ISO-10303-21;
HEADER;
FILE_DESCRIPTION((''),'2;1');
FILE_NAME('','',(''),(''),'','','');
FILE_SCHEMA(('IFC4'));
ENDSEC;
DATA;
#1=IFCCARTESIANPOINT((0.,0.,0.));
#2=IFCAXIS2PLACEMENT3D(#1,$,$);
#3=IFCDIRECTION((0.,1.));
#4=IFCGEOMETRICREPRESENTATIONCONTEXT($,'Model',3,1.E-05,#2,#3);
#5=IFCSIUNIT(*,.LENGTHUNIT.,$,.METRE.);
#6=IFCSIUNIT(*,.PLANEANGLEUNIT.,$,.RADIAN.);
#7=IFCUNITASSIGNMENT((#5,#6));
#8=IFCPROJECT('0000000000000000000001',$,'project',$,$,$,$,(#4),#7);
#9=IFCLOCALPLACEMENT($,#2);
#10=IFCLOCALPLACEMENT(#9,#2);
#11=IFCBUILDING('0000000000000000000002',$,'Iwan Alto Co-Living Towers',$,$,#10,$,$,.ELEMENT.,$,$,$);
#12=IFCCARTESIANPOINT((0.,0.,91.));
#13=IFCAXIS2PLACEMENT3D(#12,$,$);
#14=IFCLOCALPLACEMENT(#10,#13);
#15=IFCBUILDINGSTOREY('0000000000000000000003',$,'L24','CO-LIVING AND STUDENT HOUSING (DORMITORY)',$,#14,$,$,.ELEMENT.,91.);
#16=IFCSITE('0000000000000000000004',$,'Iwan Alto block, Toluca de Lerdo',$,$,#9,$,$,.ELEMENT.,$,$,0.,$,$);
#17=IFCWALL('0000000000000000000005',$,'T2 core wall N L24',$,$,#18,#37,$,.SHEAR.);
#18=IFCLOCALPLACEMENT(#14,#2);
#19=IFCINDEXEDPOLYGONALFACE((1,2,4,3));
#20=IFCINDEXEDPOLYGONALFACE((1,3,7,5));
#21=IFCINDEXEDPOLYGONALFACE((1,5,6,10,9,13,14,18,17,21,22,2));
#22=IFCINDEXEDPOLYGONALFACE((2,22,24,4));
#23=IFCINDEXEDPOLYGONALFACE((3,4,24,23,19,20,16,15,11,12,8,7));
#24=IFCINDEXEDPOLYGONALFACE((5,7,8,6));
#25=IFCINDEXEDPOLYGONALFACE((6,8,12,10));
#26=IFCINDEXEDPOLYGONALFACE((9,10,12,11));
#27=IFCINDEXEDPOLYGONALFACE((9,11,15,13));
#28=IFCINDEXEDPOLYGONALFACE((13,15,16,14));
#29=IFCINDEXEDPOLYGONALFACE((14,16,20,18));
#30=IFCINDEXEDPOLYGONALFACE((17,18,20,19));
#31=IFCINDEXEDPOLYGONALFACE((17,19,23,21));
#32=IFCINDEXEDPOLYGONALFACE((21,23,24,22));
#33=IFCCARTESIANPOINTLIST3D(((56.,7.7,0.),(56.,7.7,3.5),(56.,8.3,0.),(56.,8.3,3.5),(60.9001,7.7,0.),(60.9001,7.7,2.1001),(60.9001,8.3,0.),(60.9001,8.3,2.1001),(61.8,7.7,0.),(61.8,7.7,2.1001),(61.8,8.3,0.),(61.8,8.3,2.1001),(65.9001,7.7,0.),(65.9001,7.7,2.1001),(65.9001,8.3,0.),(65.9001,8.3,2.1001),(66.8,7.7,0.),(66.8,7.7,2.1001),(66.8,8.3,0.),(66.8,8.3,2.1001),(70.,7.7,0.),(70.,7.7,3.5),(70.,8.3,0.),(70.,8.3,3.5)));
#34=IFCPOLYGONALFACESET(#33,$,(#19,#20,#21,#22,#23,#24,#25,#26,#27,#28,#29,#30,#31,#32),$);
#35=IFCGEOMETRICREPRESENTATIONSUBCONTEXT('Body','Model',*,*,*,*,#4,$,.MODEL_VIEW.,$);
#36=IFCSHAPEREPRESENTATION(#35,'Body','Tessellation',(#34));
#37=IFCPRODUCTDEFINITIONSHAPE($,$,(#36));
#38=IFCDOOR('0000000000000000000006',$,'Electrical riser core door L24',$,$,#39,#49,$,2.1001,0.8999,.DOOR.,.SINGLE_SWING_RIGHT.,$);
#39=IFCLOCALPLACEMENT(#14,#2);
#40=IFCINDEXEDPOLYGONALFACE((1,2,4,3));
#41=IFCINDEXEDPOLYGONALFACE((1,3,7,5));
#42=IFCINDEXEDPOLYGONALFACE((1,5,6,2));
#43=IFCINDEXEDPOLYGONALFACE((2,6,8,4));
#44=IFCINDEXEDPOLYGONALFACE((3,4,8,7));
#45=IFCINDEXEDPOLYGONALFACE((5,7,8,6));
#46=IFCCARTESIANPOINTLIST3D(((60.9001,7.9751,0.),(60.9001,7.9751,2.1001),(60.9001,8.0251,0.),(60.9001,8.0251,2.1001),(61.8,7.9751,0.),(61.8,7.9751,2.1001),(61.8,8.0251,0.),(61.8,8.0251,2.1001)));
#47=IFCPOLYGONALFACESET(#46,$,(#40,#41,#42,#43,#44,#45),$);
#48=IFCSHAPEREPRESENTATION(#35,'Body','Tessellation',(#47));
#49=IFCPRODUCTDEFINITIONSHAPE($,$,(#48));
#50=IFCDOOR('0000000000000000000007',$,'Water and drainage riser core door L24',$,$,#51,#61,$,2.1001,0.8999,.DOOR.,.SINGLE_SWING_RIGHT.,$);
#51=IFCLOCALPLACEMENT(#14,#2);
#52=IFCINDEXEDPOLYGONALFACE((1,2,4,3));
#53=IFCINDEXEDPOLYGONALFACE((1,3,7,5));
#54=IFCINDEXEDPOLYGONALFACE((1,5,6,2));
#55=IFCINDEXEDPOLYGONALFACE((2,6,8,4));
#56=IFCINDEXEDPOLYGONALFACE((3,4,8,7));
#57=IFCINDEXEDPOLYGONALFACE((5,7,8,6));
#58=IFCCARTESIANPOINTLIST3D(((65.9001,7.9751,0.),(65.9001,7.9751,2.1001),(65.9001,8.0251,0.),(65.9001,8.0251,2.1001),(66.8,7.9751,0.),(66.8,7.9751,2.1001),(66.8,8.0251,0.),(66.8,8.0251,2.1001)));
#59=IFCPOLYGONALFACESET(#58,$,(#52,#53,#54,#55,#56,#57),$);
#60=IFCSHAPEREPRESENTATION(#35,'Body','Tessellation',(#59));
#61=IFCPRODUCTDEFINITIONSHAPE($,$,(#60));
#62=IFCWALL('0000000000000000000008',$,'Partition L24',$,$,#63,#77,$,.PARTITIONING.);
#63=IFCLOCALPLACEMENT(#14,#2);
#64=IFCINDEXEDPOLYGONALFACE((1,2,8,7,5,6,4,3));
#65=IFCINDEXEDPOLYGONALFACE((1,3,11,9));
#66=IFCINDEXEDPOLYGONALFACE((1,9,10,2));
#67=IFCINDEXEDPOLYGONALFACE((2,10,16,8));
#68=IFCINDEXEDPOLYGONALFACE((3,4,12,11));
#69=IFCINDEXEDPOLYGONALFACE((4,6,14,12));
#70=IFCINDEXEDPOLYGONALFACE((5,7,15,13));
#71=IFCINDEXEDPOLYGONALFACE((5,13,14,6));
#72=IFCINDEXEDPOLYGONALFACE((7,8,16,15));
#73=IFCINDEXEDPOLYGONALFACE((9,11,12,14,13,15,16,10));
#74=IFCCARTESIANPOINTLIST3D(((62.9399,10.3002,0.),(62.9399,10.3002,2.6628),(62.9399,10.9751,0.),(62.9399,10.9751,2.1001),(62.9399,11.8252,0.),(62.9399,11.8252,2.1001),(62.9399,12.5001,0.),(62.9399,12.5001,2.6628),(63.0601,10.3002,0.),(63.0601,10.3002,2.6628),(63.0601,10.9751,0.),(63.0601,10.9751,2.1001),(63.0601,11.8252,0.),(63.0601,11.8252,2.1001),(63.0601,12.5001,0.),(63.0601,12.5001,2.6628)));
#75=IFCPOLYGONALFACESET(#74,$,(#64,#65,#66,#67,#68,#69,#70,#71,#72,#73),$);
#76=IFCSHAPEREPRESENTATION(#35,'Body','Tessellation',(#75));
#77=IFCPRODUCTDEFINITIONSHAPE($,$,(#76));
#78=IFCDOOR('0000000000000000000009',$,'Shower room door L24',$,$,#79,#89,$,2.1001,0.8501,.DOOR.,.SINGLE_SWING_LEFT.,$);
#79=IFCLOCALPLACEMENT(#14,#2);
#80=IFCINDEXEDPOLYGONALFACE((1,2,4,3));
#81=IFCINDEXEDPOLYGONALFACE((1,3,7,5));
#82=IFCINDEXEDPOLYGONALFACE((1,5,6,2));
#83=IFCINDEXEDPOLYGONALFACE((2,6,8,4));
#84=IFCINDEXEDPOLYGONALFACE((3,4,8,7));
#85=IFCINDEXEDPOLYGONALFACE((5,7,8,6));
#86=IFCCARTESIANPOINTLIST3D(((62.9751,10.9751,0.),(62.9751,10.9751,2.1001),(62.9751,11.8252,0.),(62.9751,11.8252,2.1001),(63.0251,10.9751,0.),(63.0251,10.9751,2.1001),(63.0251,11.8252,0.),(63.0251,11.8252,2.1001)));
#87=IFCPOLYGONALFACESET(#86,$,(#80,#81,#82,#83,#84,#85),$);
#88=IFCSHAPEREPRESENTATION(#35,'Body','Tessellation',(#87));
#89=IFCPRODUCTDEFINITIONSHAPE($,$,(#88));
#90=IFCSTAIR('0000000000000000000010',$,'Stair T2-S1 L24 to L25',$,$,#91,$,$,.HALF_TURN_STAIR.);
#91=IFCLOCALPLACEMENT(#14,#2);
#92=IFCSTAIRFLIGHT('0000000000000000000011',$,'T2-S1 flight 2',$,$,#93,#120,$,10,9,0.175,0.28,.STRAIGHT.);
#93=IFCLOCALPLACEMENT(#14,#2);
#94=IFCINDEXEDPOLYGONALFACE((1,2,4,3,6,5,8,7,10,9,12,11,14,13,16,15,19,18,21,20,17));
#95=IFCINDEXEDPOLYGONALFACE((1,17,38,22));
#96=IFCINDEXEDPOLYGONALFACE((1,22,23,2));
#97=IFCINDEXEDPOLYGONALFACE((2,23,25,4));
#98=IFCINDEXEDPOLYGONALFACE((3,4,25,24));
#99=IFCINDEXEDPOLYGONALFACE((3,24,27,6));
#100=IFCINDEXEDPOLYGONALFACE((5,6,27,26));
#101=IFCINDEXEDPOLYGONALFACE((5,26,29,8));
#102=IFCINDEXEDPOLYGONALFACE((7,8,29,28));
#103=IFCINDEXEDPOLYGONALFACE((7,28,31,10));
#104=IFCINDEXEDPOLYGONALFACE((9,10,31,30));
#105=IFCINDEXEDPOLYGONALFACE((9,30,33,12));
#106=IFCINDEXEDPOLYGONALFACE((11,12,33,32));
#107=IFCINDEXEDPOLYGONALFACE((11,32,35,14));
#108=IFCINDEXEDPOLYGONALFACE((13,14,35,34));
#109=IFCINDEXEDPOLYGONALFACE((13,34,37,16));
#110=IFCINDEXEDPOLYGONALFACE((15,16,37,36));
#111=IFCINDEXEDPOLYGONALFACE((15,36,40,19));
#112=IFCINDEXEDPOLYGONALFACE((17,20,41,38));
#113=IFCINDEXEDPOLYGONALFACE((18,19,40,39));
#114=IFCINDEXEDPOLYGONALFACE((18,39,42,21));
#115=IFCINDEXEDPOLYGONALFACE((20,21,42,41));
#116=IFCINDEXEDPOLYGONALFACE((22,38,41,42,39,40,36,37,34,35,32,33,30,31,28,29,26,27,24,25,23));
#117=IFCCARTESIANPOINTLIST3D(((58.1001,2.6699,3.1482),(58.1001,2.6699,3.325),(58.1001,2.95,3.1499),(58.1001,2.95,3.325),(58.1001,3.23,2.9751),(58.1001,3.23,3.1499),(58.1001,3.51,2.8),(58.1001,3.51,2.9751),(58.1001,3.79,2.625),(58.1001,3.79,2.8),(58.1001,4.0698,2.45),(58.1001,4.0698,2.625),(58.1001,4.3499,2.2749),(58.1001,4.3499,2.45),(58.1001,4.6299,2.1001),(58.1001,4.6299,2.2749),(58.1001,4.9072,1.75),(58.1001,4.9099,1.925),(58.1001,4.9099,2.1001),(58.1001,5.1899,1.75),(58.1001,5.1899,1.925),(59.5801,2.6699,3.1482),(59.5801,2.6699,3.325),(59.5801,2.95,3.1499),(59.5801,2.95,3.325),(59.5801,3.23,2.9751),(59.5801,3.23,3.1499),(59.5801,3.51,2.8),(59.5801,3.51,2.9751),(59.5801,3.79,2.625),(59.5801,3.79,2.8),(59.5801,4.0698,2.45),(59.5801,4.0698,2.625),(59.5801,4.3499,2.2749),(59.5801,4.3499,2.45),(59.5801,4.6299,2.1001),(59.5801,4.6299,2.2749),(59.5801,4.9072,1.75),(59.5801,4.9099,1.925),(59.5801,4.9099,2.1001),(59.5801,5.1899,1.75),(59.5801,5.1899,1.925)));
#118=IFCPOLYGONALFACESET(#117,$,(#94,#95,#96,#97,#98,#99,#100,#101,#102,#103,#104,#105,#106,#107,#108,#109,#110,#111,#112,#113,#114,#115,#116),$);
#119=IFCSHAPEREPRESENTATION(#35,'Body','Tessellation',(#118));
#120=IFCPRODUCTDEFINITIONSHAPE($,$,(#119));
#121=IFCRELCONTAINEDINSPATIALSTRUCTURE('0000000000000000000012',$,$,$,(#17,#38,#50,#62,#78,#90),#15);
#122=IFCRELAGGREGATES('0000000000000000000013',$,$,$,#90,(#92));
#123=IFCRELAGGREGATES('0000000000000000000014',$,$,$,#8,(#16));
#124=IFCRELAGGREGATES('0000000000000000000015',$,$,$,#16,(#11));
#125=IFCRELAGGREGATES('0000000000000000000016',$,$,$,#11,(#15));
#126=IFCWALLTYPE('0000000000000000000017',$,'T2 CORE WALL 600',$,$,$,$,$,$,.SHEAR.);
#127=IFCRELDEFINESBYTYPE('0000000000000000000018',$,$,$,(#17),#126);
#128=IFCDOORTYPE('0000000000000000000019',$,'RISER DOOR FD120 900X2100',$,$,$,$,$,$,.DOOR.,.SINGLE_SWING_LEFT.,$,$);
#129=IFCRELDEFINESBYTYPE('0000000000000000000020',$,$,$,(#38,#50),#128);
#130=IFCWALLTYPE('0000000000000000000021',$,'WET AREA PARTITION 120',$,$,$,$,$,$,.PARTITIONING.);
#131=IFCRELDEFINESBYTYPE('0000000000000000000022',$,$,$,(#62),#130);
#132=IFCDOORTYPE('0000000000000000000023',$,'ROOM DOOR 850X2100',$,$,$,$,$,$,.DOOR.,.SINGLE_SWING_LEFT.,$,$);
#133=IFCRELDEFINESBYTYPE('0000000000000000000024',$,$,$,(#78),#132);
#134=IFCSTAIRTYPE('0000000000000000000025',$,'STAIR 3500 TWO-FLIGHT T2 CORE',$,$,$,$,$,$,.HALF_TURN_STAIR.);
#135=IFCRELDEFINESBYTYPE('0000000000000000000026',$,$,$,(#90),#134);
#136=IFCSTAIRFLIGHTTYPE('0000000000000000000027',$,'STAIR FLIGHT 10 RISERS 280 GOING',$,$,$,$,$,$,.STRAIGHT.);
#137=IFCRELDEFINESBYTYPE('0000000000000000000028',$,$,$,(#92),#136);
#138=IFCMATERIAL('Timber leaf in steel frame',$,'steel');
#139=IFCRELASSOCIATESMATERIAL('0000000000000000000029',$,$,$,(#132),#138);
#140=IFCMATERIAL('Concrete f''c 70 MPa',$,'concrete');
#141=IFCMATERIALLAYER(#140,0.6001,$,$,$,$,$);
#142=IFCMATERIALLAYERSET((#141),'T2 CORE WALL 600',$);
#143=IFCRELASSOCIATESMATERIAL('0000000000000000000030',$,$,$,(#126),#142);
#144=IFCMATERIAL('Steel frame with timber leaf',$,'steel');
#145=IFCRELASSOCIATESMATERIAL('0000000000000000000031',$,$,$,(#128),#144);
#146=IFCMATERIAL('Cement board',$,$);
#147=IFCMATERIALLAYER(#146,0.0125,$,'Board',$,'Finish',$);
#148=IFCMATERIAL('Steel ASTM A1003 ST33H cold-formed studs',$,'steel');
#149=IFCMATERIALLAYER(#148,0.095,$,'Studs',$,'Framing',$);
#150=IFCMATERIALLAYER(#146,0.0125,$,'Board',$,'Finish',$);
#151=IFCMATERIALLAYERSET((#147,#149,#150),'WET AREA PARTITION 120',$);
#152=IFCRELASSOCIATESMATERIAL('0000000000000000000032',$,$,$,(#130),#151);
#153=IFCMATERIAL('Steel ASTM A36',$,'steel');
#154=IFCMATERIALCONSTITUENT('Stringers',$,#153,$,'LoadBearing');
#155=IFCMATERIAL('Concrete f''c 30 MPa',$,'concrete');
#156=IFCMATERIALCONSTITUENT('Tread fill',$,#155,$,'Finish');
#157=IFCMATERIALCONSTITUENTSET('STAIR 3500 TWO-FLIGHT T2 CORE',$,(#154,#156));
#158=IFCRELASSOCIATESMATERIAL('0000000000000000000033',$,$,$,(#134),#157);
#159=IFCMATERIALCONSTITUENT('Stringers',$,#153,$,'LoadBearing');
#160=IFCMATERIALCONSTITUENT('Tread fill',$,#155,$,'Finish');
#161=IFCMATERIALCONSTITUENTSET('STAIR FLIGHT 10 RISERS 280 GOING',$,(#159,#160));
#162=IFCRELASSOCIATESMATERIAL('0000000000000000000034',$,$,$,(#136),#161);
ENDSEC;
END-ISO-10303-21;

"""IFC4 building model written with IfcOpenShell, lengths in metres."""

from ifc_helpers import new_model, si_unit, direction, frame, frame_2d, origin, place, context, subcontext, project, spatial, polyline, rectangle, outline, extrude, material, layer, layer_set, constituent, constituent_set, type_object, element, fill, aggregate, save


model = new_model("IFC4")

# Units and contexts
model_context = context("Model", 3, precision=1e-05, world=origin(), true_north=direction((0.0, 1.0)))
body_context = subcontext(model_context, "Body", "Model", "MODEL_VIEW")
ifc_project = project(units=[si_unit("LENGTHUNIT", "METRE"), si_unit("PLANEANGLEUNIT", "RADIAN")], contexts=[model_context])

# Site, building, storey
site_placement = place(None, origin())
site = spatial("IfcSite", under=ifc_project, at=site_placement, Name="Iwan Alto block, Toluca de Lerdo", CompositionType="ELEMENT", RefElevation=0.0)
building_placement = place(site_placement, origin())
building = spatial("IfcBuilding", under=site, at=building_placement, Name="Iwan Alto Co-Living Towers", CompositionType="ELEMENT")
storey_placement = place(building_placement, frame((0.0, 0.0, 91.0)))
storey = spatial("IfcBuildingStorey", under=building, at=storey_placement, Name="L24", Description="CO-LIVING AND STUDENT HOUSING (DORMITORY)", CompositionType="ELEMENT", Elevation=91.0)

# Shared definitions
ifc_material_1 = material(Name="Steel ASTM A1003 ST33H cold-formed studs", Category="steel")

# Shared definitions
ifc_material_2 = material(Name="Timber leaf in steel frame", Category="steel")
door_type_1 = type_object("IfcDoorType", Name="ROOM DOOR 850X2100", OperationType="SINGLE_SWING_LEFT", PredefinedType="DOOR", material=ifc_material_2)

# Wall, openings, doors
ifc_material_3 = material(Name="Concrete f'c 70 MPa", Category="concrete")
ifc_layer_1 = layer(ifc_material_3, 0.6001)
ifc_layer_set_1 = layer_set([ifc_layer_1], Name="T2 CORE WALL 600")
wall_type_1 = type_object("IfcWallType", Name="T2 CORE WALL 600", PredefinedType="SHEAR", material=ifc_layer_set_1)
wall_1_placement = place(storey_placement, frame((70.0, 8.0, 0.0), z_axis=(0.0, 0.0, 1.0), x_axis=(-1.0, 0.0, 0.0)))
wall_1 = element("IfcWall", 1, at=wall_1_placement, inside=storey, type_object=wall_type_1, Name="T2 core wall N L24", PredefinedType="SHEAR", context=body_context, shape_type="SweptSolid", body=[
    extrude(rectangle(XDim=14.0, YDim=0.6001, at=frame_2d((7.0, 0.0))), origin(), (0.0, 0.0, 1.0), 3.5),
])
opening_1_placement = place(wall_1_placement, frame((8.2, 0.0, 0.0)))
opening_1 = element("IfcOpeningElement", 2, at=opening_1_placement, cuts=wall_1, PredefinedType="OPENING", context=body_context, shape_type="SweptSolid", body=[
    extrude(rectangle(XDim=0.8999, YDim=2.1001, at=frame_2d((0.45, 1.05))), frame((0.0, 0.3101, 0.0), z_axis=(0.0, -1.0, 0.0), x_axis=(1.0, 0.0, 0.0)), (0.0, 0.0, 1.0), 0.6201),
])
opening_2_placement = place(wall_1_placement, frame((3.2, 0.0, 0.0)))
opening_2 = element("IfcOpeningElement", 3, at=opening_2_placement, cuts=wall_1, PredefinedType="OPENING", context=body_context, shape_type="SweptSolid", body=[
    extrude(rectangle(XDim=0.8999, YDim=2.1001, at=frame_2d((0.45, 1.05))), frame((0.0, 0.3101, 0.0), z_axis=(0.0, -1.0, 0.0), x_axis=(1.0, 0.0, 0.0)), (0.0, 0.0, 1.0), 0.6201),
])
ifc_material_4 = material(Name="Steel frame with timber leaf", Category="steel")
door_type_2 = type_object("IfcDoorType", Name="RISER DOOR FD120 900X2100", OperationType="SINGLE_SWING_LEFT", PredefinedType="DOOR", material=ifc_material_4)
door_1_placement = place(opening_1_placement, origin())
door_1 = element("IfcDoor", 4, at=door_1_placement, inside=storey, type_object=door_type_2, Name="Electrical riser core door L24", OperationType="SINGLE_SWING_RIGHT", OverallHeight=2.1001, OverallWidth=0.8999, PredefinedType="DOOR", context=body_context, shape_type="SweptSolid", body=[
    extrude(rectangle(XDim=0.8999, YDim=2.1001, at=frame_2d((0.45, 1.05))), frame((0.0, 0.0249, 0.0), z_axis=(0.0, -1.0, 0.0), x_axis=(1.0, 0.0, 0.0)), (0.0, 0.0, 1.0), 0.05),
])
fill(opening_1, door_1)
door_2_placement = place(opening_2_placement, origin())
door_2 = element("IfcDoor", 5, at=door_2_placement, inside=storey, type_object=door_type_2, Name="Water and drainage riser core door L24", OperationType="SINGLE_SWING_RIGHT", OverallHeight=2.1001, OverallWidth=0.8999, PredefinedType="DOOR", context=body_context, shape_type="SweptSolid", body=[
    extrude(rectangle(XDim=0.8999, YDim=2.1001, at=frame_2d((0.45, 1.05))), frame((0.0, 0.0249, 0.0), z_axis=(0.0, -1.0, 0.0), x_axis=(1.0, 0.0, 0.0)), (0.0, 0.0, 1.0), 0.05),
])
fill(opening_2, door_2)

# Shared definitions
ifc_material_5 = material(Name="Cement board")
ifc_layer_2 = layer(ifc_material_5, 0.0125, Name="Board", Category="Finish")
ifc_layer_3 = layer(ifc_material_1, 0.095, Name="Studs", Category="Framing")
ifc_layer_4 = layer(ifc_material_5, 0.0125, Name="Board", Category="Finish")
ifc_layer_set_2 = layer_set([ifc_layer_2, ifc_layer_3, ifc_layer_4], Name="WET AREA PARTITION 120")
wall_type_2 = type_object("IfcWallType", Name="WET AREA PARTITION 120", PredefinedType="PARTITIONING", material=ifc_layer_set_2)

# Wall, opening, door
wall_2_placement = place(storey_placement, frame((63.0, 10.3, 0.0), z_axis=(0.0, 0.0, 1.0), x_axis=(0.0, 1.0, 0.0)))
wall_2 = element("IfcWall", 6, at=wall_2_placement, inside=storey, type_object=wall_type_2, Name="Partition L24", PredefinedType="PARTITIONING", context=body_context, shape_type="SweptSolid", body=[
    extrude(rectangle(XDim=2.2, YDim=0.1201, at=frame_2d((1.1001, 0.0))), origin(), (0.0, 0.0, 1.0), 2.6628),
])
opening_3_placement = place(wall_2_placement, frame((0.675, 0.0, 0.0)))
opening_3 = element("IfcOpeningElement", 7, at=opening_3_placement, cuts=wall_2, PredefinedType="OPENING", context=body_context, shape_type="SweptSolid", body=[
    extrude(rectangle(XDim=0.8501, YDim=2.1001, at=frame_2d((0.425, 1.05))), frame((0.0, 0.0701, 0.0), z_axis=(0.0, -1.0, 0.0), x_axis=(1.0, 0.0, 0.0)), (0.0, 0.0, 1.0), 0.1401),
])
door_3_placement = place(opening_3_placement, origin())
door_3 = element("IfcDoor", 8, at=door_3_placement, inside=storey, type_object=door_type_1, Name="Shower room door L24", OperationType="SINGLE_SWING_LEFT", OverallHeight=2.1001, OverallWidth=0.8501, PredefinedType="DOOR", context=body_context, shape_type="SweptSolid", body=[
    extrude(rectangle(XDim=0.8501, YDim=2.1001, at=frame_2d((0.425, 1.05))), frame((0.0, 0.0249, 0.0), z_axis=(0.0, -1.0, 0.0), x_axis=(1.0, 0.0, 0.0)), (0.0, 0.0, 1.0), 0.05),
])
fill(opening_3, door_3)

# Stair, stair flight
ifc_material_6 = material(Name="Steel ASTM A36", Category="steel")
ifc_constituent_1 = constituent(ifc_material_6, Name="Stringers", Category="LoadBearing")
ifc_material_7 = material(Name="Concrete f'c 30 MPa", Category="concrete")
ifc_constituent_2 = constituent(ifc_material_7, Name="Tread fill", Category="Finish")
ifc_constituent_set_1 = constituent_set(constituents=[ifc_constituent_1, ifc_constituent_2], Name="STAIR 3500 TWO-FLIGHT T2 CORE")
stair_type = type_object("IfcStairType", Name="STAIR 3500 TWO-FLIGHT T2 CORE", PredefinedType="HALF_TURN_STAIR", material=ifc_constituent_set_1)
stair_placement = place(storey_placement, origin())
stair = element("IfcStair", 9, at=stair_placement, inside=storey, type_object=stair_type, Name="Stair T2-S1 L24 to L25", PredefinedType="HALF_TURN_STAIR")
ifc_constituent_3 = constituent(ifc_material_6, Name="Stringers", Category="LoadBearing")
ifc_constituent_4 = constituent(ifc_material_7, Name="Tread fill", Category="Finish")
ifc_constituent_set_2 = constituent_set(constituents=[ifc_constituent_3, ifc_constituent_4], Name="STAIR FLIGHT 10 RISERS 280 GOING")
stair_flight_type = type_object("IfcStairFlightType", Name="STAIR FLIGHT 10 RISERS 280 GOING", PredefinedType="STRAIGHT", material=ifc_constituent_set_2)
stair_flight_placement = place(storey_placement, frame((58.8401, 5.1899, 1.75), z_axis=(0.0, 0.0, 1.0), x_axis=(0.0, -1.0, 0.0)))
stair_flight = element("IfcStairFlight", 10, at=stair_flight_placement, type_object=stair_flight_type, Name="T2-S1 flight 2", NumberOfRisers=10, NumberOfTreads=9, PredefinedType="STRAIGHT", RiserHeight=0.175, TreadLength=0.28, context=body_context, shape_type="SweptSolid", body=[
    extrude(outline(polyline([(0.0, 0.0), (0.0, 0.175), (0.28, 0.175), (0.28, 0.3501), (0.5601, 0.3501), (0.5601, 0.5249), (0.8401, 0.5249), (0.8401, 0.7), (1.1201, 0.7), (1.1201, 0.875), (1.3999, 0.875), (1.3999, 1.05), (1.6799, 1.05), (1.6799, 1.2251), (1.96, 1.2251), (1.96, 1.3999), (2.24, 1.3999), (2.24, 1.575), (2.52, 1.575), (2.52, 1.75), (2.52, 1.3982), (0.2827, 0.0), (0.0, 0.0)])), frame((0.0, 0.74, 0.0), z_axis=(0.0, -1.0, 0.0), x_axis=(1.0, 0.0, 0.0)), (0.0, 0.0, 1.0), 1.48),
])
aggregate(stair, [stair_flight])

save(model, "model.ifc")
